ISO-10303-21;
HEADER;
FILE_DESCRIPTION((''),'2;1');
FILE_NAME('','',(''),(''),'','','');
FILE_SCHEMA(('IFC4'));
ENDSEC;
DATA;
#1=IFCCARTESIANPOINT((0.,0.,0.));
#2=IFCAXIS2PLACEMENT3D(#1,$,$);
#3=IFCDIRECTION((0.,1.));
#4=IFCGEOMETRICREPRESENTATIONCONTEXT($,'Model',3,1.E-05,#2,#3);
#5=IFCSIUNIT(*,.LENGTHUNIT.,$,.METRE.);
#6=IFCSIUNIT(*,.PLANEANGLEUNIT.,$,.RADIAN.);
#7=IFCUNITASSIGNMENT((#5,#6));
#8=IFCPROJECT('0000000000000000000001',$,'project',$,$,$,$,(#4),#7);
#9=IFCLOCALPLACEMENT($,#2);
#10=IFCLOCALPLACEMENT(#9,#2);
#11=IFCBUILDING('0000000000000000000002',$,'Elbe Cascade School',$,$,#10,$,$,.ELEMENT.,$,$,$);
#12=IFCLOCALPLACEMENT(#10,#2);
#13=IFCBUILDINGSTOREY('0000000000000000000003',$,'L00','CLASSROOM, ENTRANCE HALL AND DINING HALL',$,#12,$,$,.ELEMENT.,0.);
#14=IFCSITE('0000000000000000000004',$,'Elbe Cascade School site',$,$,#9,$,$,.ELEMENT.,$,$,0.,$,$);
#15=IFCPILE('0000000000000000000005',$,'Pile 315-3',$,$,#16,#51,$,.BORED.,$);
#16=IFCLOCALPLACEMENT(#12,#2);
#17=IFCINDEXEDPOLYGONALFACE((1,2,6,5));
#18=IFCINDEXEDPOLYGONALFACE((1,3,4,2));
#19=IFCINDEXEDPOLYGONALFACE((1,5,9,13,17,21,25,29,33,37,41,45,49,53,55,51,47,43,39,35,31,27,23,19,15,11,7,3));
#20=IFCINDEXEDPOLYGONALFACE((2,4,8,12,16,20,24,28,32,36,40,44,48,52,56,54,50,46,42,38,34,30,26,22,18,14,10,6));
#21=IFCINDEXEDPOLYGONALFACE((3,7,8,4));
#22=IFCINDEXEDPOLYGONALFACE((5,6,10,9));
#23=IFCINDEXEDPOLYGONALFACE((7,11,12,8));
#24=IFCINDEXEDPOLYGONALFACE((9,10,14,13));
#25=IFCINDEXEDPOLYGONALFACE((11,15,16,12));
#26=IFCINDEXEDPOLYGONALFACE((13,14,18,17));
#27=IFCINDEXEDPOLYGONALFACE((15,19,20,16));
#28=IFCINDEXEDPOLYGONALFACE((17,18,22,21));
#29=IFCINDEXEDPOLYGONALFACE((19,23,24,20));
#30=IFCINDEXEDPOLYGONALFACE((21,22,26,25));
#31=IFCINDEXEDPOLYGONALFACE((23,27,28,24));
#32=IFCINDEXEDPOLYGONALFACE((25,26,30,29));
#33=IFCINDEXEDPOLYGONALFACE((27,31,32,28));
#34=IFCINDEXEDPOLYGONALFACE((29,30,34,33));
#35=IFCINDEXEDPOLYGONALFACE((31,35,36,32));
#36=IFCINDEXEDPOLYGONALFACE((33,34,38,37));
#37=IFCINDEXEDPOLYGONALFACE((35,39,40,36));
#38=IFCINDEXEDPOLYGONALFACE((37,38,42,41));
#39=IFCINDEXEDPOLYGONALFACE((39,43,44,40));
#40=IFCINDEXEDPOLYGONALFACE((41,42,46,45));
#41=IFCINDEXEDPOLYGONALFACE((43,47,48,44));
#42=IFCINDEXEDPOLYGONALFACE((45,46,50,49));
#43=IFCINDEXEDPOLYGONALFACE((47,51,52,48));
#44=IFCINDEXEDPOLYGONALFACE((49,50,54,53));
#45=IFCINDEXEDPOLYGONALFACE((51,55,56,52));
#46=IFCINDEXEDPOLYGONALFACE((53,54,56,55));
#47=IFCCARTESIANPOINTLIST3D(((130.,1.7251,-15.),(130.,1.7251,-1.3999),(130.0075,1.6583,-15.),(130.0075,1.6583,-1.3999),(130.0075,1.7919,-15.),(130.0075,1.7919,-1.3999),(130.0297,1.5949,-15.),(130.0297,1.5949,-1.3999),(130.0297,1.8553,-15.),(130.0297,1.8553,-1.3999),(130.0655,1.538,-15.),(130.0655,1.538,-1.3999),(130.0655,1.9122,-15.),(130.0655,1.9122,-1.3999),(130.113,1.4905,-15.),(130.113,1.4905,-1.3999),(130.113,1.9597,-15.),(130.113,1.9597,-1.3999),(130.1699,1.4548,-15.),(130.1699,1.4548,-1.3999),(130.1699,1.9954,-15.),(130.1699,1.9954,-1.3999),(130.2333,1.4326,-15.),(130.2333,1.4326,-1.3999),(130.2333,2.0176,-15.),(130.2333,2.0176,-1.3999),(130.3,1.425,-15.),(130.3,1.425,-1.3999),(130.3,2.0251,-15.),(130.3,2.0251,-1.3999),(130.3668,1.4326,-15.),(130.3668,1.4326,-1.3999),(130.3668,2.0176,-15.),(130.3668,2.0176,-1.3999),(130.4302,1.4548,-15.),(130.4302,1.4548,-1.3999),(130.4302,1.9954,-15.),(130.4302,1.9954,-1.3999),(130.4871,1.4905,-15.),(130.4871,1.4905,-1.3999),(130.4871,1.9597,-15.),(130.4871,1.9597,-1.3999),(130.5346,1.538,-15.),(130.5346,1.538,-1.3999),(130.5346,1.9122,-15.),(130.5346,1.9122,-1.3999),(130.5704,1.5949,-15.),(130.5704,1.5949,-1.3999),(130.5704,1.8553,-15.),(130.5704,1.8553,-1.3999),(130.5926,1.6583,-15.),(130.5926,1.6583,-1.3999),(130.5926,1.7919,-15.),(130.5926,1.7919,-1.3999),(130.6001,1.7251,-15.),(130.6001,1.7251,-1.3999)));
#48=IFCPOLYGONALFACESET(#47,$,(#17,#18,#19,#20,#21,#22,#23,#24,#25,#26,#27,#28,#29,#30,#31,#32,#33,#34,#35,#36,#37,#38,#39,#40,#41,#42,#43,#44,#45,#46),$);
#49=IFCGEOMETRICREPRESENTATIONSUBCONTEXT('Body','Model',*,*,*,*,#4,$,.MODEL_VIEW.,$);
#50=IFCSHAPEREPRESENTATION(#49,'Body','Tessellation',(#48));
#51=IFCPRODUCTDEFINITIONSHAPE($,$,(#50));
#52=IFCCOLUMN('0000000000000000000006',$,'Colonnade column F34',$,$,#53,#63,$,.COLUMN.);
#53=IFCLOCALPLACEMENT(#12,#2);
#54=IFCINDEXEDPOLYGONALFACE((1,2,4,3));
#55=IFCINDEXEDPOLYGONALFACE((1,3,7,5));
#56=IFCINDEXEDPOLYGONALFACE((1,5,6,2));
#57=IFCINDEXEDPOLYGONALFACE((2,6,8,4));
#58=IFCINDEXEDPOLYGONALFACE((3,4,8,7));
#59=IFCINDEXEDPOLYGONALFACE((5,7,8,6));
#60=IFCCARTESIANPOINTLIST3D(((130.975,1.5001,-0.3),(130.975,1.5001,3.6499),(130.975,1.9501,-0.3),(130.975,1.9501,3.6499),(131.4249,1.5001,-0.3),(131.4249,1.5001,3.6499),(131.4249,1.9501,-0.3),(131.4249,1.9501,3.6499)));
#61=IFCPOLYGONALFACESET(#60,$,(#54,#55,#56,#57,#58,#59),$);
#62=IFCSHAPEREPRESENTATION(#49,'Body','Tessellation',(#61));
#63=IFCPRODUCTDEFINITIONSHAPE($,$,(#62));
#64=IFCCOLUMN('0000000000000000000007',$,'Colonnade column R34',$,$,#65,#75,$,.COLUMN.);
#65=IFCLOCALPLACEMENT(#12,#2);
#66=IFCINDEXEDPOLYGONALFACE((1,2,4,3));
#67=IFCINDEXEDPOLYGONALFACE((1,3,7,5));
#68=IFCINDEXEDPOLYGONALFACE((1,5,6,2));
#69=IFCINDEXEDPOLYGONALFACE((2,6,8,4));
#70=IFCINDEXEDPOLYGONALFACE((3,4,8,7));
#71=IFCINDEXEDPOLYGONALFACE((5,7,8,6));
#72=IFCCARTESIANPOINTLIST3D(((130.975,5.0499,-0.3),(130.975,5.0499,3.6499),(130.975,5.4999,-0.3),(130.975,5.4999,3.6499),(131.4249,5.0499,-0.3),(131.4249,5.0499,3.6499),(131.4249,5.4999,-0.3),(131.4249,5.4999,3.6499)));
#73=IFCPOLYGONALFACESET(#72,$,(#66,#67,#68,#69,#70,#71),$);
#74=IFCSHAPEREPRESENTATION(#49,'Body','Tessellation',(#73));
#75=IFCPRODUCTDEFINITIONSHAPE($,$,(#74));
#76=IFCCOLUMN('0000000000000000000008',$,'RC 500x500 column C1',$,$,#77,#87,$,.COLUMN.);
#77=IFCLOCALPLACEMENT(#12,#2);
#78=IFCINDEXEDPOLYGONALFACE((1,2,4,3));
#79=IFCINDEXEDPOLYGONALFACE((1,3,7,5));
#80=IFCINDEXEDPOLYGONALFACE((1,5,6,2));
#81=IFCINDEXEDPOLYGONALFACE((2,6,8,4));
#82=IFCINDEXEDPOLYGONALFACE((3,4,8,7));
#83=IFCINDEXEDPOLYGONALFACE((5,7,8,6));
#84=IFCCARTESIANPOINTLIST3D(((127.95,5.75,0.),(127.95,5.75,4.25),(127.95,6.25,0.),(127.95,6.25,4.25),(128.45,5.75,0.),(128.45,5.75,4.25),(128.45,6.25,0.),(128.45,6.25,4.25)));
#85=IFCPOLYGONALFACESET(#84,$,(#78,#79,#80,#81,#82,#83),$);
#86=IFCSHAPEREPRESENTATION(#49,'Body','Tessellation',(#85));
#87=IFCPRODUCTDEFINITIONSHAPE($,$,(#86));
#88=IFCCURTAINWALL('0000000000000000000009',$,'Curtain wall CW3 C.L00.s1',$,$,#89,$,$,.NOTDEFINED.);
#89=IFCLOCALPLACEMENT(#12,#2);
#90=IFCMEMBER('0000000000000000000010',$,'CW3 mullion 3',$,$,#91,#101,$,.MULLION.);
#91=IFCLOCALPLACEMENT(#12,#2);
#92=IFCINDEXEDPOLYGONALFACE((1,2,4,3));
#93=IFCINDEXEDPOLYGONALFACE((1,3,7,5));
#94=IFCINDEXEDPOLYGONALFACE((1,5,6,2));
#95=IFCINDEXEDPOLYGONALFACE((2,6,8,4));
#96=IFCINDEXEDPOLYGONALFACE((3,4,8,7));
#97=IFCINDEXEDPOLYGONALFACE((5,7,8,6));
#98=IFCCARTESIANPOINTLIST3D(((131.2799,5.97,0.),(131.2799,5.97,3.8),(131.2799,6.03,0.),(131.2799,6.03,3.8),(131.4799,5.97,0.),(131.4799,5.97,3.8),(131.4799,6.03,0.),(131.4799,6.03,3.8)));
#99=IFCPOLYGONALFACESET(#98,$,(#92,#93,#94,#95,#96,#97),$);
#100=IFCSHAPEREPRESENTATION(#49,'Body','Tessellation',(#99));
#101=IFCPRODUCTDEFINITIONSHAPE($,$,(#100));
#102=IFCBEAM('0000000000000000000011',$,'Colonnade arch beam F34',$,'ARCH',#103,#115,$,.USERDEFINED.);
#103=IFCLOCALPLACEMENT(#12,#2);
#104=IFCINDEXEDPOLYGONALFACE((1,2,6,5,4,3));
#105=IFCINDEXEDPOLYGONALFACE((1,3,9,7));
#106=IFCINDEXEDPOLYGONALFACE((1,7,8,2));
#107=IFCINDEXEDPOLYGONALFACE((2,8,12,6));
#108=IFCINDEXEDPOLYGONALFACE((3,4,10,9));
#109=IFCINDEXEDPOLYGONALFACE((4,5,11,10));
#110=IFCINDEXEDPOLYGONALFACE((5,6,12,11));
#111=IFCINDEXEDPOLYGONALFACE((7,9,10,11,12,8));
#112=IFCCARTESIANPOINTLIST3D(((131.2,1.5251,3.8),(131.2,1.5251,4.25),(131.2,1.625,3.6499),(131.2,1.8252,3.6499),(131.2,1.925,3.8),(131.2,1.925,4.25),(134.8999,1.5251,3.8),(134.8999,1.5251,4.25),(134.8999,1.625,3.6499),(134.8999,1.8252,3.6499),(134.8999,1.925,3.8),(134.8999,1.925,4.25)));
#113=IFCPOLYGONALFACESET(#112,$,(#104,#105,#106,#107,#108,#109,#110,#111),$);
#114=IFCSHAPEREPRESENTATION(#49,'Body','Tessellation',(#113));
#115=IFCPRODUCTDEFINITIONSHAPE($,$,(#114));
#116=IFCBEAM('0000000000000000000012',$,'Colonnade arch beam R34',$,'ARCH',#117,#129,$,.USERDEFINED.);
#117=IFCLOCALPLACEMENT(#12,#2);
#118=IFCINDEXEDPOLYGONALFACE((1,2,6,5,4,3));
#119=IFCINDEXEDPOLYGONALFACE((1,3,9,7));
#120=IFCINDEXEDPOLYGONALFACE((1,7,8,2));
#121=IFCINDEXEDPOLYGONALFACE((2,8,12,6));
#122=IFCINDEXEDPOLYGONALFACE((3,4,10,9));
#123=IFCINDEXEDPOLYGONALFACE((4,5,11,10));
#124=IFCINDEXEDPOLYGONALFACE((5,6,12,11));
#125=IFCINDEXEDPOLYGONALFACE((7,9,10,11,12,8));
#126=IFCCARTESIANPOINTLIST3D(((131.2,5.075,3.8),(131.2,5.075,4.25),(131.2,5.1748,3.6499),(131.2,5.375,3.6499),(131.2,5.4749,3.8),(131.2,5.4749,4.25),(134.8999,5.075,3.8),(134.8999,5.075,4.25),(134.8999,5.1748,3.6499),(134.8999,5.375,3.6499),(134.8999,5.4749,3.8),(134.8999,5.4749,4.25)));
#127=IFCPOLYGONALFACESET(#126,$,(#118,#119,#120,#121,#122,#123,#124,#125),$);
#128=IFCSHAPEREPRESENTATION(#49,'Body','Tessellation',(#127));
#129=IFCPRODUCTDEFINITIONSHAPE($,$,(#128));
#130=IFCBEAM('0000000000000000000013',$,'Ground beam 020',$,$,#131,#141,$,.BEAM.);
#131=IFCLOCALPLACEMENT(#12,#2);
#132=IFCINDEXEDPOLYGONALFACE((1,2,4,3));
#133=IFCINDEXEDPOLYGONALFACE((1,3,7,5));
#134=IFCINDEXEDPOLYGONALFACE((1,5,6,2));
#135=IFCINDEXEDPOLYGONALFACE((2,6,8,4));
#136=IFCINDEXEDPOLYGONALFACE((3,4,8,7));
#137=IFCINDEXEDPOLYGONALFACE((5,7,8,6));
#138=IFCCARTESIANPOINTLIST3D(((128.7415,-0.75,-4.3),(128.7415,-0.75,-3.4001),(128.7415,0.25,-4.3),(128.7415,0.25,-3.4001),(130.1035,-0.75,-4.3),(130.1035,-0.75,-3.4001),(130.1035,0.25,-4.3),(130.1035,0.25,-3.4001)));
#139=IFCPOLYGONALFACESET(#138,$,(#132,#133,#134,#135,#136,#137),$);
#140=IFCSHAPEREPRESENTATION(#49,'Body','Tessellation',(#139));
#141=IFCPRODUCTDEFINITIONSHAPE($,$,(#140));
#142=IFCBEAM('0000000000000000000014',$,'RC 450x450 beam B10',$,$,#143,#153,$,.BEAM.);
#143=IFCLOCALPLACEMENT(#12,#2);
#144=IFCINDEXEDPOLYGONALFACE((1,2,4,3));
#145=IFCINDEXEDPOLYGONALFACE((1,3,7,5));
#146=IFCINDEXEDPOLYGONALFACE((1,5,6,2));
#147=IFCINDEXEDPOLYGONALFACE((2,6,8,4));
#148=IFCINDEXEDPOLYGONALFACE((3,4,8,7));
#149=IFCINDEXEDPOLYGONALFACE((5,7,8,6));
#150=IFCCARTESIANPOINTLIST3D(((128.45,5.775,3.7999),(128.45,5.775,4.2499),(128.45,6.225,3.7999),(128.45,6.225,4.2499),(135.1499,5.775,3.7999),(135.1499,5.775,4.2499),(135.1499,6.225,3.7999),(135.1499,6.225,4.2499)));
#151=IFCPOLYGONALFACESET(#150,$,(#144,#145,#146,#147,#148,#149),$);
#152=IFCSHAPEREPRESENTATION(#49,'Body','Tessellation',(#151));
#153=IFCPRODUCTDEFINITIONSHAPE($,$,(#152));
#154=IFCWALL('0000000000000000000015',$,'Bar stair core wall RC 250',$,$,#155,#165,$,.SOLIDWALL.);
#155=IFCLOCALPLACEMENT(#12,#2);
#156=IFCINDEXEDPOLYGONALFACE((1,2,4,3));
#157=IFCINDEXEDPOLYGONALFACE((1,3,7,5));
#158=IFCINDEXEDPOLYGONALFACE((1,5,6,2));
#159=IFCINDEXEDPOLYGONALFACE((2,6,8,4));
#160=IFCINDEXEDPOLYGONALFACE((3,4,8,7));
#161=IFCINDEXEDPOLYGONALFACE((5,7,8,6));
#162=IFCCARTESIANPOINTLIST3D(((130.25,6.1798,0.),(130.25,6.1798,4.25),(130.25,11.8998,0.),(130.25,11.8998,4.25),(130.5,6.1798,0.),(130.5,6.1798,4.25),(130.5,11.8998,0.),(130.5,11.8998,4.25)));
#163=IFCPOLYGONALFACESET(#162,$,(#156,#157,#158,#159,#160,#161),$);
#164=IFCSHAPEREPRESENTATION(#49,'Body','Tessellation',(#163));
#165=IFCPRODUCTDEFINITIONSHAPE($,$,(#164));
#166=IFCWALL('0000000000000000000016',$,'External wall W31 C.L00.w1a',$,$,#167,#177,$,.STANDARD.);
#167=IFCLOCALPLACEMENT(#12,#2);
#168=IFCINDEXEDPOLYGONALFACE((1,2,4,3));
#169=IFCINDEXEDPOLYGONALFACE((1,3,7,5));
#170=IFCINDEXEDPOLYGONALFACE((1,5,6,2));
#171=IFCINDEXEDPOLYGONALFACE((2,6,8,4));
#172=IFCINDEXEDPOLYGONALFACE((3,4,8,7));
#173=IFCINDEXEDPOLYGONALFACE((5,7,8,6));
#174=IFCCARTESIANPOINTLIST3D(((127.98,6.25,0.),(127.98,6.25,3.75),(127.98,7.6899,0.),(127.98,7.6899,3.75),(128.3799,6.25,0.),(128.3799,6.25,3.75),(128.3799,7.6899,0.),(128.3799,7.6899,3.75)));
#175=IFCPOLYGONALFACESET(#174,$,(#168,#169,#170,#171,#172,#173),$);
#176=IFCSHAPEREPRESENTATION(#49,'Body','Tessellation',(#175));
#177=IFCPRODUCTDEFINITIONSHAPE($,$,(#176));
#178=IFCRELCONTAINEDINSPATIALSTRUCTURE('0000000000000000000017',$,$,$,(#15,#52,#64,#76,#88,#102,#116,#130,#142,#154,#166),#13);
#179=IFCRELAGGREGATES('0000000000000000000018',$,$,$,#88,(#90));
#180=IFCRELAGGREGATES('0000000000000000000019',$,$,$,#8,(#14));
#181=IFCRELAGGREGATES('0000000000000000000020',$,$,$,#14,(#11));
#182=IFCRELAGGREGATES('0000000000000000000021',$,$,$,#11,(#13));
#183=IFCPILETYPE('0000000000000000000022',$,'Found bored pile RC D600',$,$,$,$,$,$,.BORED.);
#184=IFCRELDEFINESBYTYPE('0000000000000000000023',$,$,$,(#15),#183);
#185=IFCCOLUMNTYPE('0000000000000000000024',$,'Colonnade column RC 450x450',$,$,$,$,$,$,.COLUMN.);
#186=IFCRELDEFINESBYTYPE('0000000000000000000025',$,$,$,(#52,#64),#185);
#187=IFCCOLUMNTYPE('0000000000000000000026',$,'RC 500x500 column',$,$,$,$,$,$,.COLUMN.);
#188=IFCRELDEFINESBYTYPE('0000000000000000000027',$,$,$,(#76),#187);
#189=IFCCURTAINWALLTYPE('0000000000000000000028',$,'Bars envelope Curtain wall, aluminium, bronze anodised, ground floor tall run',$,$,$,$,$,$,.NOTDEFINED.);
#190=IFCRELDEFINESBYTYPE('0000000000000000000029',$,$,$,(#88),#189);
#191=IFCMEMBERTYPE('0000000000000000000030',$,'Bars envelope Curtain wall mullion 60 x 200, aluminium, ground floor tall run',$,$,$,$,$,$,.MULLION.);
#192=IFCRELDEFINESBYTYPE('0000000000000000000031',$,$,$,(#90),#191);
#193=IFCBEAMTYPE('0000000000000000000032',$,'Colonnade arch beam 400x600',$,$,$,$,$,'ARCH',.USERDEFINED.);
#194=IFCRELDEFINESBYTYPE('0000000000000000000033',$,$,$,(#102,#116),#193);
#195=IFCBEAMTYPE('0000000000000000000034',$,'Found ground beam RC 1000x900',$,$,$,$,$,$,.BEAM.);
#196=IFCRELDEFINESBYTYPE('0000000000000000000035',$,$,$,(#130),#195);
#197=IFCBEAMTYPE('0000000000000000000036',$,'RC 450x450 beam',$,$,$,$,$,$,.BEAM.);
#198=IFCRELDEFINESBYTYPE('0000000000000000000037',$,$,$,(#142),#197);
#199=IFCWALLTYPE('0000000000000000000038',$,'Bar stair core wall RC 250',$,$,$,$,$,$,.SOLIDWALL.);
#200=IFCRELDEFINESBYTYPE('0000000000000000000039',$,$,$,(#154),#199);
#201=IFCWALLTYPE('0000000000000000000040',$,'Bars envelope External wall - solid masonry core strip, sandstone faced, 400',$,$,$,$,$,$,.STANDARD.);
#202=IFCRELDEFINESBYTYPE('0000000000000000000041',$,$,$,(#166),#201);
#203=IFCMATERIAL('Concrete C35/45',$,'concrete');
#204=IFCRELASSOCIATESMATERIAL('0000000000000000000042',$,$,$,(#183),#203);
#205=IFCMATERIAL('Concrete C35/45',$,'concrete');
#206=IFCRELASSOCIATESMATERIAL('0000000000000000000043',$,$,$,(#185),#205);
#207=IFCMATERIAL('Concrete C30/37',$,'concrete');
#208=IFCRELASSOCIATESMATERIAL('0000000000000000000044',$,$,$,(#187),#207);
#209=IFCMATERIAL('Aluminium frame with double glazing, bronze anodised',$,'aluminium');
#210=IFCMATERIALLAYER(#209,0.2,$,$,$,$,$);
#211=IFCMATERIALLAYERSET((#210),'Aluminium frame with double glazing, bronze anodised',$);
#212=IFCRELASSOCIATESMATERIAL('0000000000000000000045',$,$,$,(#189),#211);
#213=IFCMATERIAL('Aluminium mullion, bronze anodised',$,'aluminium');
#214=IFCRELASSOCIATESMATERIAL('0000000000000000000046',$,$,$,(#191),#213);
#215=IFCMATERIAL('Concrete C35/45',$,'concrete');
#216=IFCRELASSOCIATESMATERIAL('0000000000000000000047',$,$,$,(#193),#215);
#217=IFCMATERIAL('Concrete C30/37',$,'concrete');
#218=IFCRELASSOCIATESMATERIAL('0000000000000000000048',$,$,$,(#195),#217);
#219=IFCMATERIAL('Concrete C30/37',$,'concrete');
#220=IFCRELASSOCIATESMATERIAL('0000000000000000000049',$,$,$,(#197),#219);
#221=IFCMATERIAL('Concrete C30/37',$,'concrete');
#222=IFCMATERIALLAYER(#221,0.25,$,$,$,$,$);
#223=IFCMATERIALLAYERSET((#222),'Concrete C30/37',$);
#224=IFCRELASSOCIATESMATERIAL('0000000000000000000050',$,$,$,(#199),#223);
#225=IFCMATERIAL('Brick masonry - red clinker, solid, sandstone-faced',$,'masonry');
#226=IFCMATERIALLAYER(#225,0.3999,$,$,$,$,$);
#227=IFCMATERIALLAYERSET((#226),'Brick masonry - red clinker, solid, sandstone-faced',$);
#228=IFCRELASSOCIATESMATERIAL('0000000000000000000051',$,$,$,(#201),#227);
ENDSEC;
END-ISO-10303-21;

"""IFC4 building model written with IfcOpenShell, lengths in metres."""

from ifc_helpers import new_model, si_unit, direction, frame, frame_2d, origin, origin_2d, place, context, subcontext, project, spatial, polyline, rectangle, circle, outline, extrude, material, layer, layer_set, material_profile, profile_set, type_object, element, aggregate, save


model = new_model("IFC4")

# Units and contexts
model_context = context("Model", 3, precision=1e-05, world=origin(), true_north=direction((0.0, 1.0)))
body_context = subcontext(model_context, "Body", "Model", "MODEL_VIEW")
ifc_project = project(units=[si_unit("LENGTHUNIT", "METRE"), si_unit("PLANEANGLEUNIT", "RADIAN")], contexts=[model_context])

# Site, building, storey
site_placement = place(None, origin())
site = spatial("IfcSite", under=ifc_project, at=site_placement, Name="Elbe Cascade School site", CompositionType="ELEMENT", RefElevation=0.0)
building_placement = place(site_placement, origin())
building = spatial("IfcBuilding", under=site, at=building_placement, Name="Elbe Cascade School", CompositionType="ELEMENT")
storey_placement = place(building_placement, origin())
storey = spatial("IfcBuildingStorey", under=building, at=storey_placement, Name="L00", Description="CLASSROOM, ENTRANCE HALL AND DINING HALL", CompositionType="ELEMENT", Elevation=0.0)

# Pile
ifc_material_1 = material(Name="Concrete C35/45", Category="concrete")
ifc_material_profile_1 = material_profile(ifc_material_1, circle(Radius=0.3, at=origin_2d()), Name="RC D600")
ifc_profile_set_1 = profile_set([ifc_material_profile_1], Name="Concrete C35/45")
pile_type = type_object("IfcPileType", Name="Found bored pile RC D600", PredefinedType="BORED", material=ifc_profile_set_1)
for number, where, z_axis, x_axis, name in (
    (1, (130.3, 1.7251, -1.3999), (0.0, 0.0, -1.0), (1.0, 0.0, 0.0), "Pile 315-3"),
):
    element("IfcPile", number, at=place(storey_placement, frame(where, z_axis=z_axis, x_axis=x_axis)), inside=storey, type_object=pile_type, Name=name, PredefinedType="BORED", context=body_context, shape_type="SweptSolid", body=[
        extrude(circle(Radius=0.3, at=origin_2d()), origin(), (0.0, 0.0, 1.0), 13.6001),
    ])

# Columns
ifc_material_2 = material(Name="Concrete C35/45", Category="concrete")
ifc_material_profile_2 = material_profile(ifc_material_2, rectangle(XDim=0.45, YDim=0.45, at=origin_2d()), Name="RC 450x450")
ifc_profile_set_2 = profile_set([ifc_material_profile_2], Name="Concrete C35/45")
column_type_1 = type_object("IfcColumnType", Name="Colonnade column RC 450x450", PredefinedType="COLUMN", material=ifc_profile_set_2)
for number, where, z_axis, x_axis, name in (
    (2, (131.2, 1.7251, -0.3), (0.0, 0.0, 1.0), (1.0, 0.0, 0.0), "Colonnade column F34"),
    (3, (131.2, 5.2749, -0.3), (0.0, 0.0, 1.0), (1.0, 0.0, 0.0), "Colonnade column R34"),
):
    element("IfcColumn", number, at=place(storey_placement, frame(where, z_axis=z_axis, x_axis=x_axis)), inside=storey, type_object=column_type_1, Name=name, PredefinedType="COLUMN", context=body_context, shape_type="SweptSolid", body=[
        extrude(rectangle(XDim=0.45, YDim=0.45, at=origin_2d()), origin(), (0.0, 0.0, 1.0), 3.95),
    ])
ifc_material_3 = material(Name="Concrete C30/37", Category="concrete")
ifc_material_profile_3 = material_profile(ifc_material_3, rectangle(XDim=0.5, YDim=0.5, at=origin_2d()), Name="RC 500x500")
ifc_profile_set_3 = profile_set([ifc_material_profile_3], Name="Concrete C30/37")
column_type_2 = type_object("IfcColumnType", Name="RC 500x500 column", PredefinedType="COLUMN", material=ifc_profile_set_3)
column_placement = place(storey_placement, frame((128.2, 6.0, 0.0), z_axis=(0.0, 0.0, 1.0), x_axis=(1.0, 0.0, 0.0)))
element("IfcColumn", 4, at=column_placement, inside=storey, type_object=column_type_2, Name="RC 500x500 column C1", PredefinedType="COLUMN", context=body_context, shape_type="SweptSolid", body=[
    extrude(rectangle(XDim=0.5, YDim=0.5, at=origin_2d()), origin(), (0.0, 0.0, 1.0), 4.25),
])

# Curtain wall, member
ifc_material_4 = material(Name="Aluminium frame with double glazing, bronze anodised", Category="aluminium")
ifc_layer_1 = layer(ifc_material_4, 0.2)
ifc_layer_set_1 = layer_set([ifc_layer_1], Name="Aluminium frame with double glazing, bronze anodised")
curtain_wall_type = type_object("IfcCurtainWallType", Name="Bars envelope Curtain wall, aluminium, bronze anodised, ground floor tall run", PredefinedType="NOTDEFINED", material=ifc_layer_set_1)
curtain_wall_placement = place(storey_placement, origin())
curtain_wall = element("IfcCurtainWall", 5, at=curtain_wall_placement, inside=storey, type_object=curtain_wall_type, Name="Curtain wall CW3 C.L00.s1", PredefinedType="NOTDEFINED")
ifc_material_5 = material(Name="Aluminium mullion, bronze anodised", Category="aluminium")
ifc_material_profile_4 = material_profile(ifc_material_5, rectangle(XDim=0.0601, YDim=0.2, at=origin_2d()), Name="Bars envelope Curtain wall mullion 60 x 200, aluminium, ground floor tall run")
ifc_profile_set_4 = profile_set([ifc_material_profile_4], Name="Aluminium mullion, bronze anodised")
member_type = type_object("IfcMemberType", Name="Bars envelope Curtain wall mullion 60 x 200, aluminium, ground floor tall run", PredefinedType="MULLION", material=ifc_profile_set_4)
member_placement = place(storey_placement, frame((131.3799, 6.0, 0.0), z_axis=(0.0, 0.0, 1.0), x_axis=(0.0, -1.0, 0.0)))
member = element("IfcMember", 6, at=member_placement, type_object=member_type, Name="CW3 mullion 3", PredefinedType="MULLION", context=body_context, shape_type="SweptSolid", body=[
    extrude(rectangle(XDim=0.0601, YDim=0.2, at=origin_2d()), origin(), (0.0, 0.0, 1.0), 3.8),
])
aggregate(curtain_wall, [member])

# Beams
ifc_material_6 = material(Name="Concrete C35/45", Category="concrete")
ifc_material_profile_5 = material_profile(ifc_material_6, outline(polyline([(-0.2, 0.3), (0.2, 0.3), (0.2, -0.1499), (0.1001, -0.3), (-0.1001, -0.3), (-0.2, -0.1499), (-0.2, 0.3)])), Name="RC arch 400x600")
ifc_profile_set_5 = profile_set([ifc_material_profile_5], Name="Concrete C35/45")
beam_type_1 = type_object("IfcBeamType", Name="Colonnade arch beam 400x600", ElementType="ARCH", PredefinedType="USERDEFINED", material=ifc_profile_set_5)
for number, where, z_axis, x_axis, name in (
    (7, (131.2, 1.7251, 3.95), (1.0, 0.0, 0.0), (0.0, 1.0, 0.0), "Colonnade arch beam F34"),
    (8, (131.2, 5.2749, 3.95), (1.0, 0.0, 0.0), (0.0, 1.0, 0.0), "Colonnade arch beam R34"),
):
    element("IfcBeam", number, at=place(storey_placement, frame(where, z_axis=z_axis, x_axis=x_axis)), inside=storey, type_object=beam_type_1, Name=name, ObjectType="ARCH", PredefinedType="USERDEFINED", context=body_context, shape_type="SweptSolid", body=[
        extrude(outline(polyline([(-0.2, 0.3), (0.2, 0.3), (0.2, -0.1499), (0.1001, -0.3), (-0.1001, -0.3), (-0.2, -0.1499), (-0.2, 0.3)])), origin(), (0.0, 0.0, 1.0), 3.7),
    ])
ifc_material_7 = material(Name="Concrete C30/37", Category="concrete")
ifc_material_profile_6 = material_profile(ifc_material_7, rectangle(XDim=1.0, YDim=0.8999, at=origin_2d()), Name="RC 1000x900")
ifc_profile_set_6 = profile_set([ifc_material_profile_6], Name="Concrete C30/37")
beam_type_2 = type_object("IfcBeamType", Name="Found ground beam RC 1000x900", PredefinedType="BEAM", material=ifc_profile_set_6)
beam_1_placement = place(storey_placement, frame((128.7415, -0.25, -3.8501), z_axis=(1.0, 0.0, 0.0), x_axis=(0.0, 1.0, 0.0)))
element("IfcBeam", 9, at=beam_1_placement, inside=storey, type_object=beam_type_2, Name="Ground beam 020", PredefinedType="BEAM", context=body_context, shape_type="SweptSolid", body=[
    extrude(rectangle(XDim=1.0, YDim=0.8999, at=origin_2d()), origin(), (0.0, 0.0, 1.0), 1.3621),
])
ifc_material_8 = material(Name="Concrete C30/37", Category="concrete")
ifc_material_profile_7 = material_profile(ifc_material_8, rectangle(XDim=0.45, YDim=0.45, at=origin_2d()), Name="RC 450x450")
ifc_profile_set_7 = profile_set([ifc_material_profile_7], Name="Concrete C30/37")
beam_type_3 = type_object("IfcBeamType", Name="RC 450x450 beam", PredefinedType="BEAM", material=ifc_profile_set_7)
beam_2_placement = place(storey_placement, frame((128.45, 6.0, 4.0249), z_axis=(1.0, 0.0, 0.0), x_axis=(0.0, 1.0, 0.0)))
element("IfcBeam", 10, at=beam_2_placement, inside=storey, type_object=beam_type_3, Name="RC 450x450 beam B10", PredefinedType="BEAM", context=body_context, shape_type="SweptSolid", body=[
    extrude(rectangle(XDim=0.45, YDim=0.45, at=origin_2d()), origin(), (0.0, 0.0, 1.0), 6.7),
])

# Walls
ifc_material_9 = material(Name="Concrete C30/37", Category="concrete")
ifc_layer_2 = layer(ifc_material_9, 0.25)
ifc_layer_set_2 = layer_set([ifc_layer_2], Name="Concrete C30/37")
wall_type_1 = type_object("IfcWallType", Name="Bar stair core wall RC 250", PredefinedType="SOLIDWALL", material=ifc_layer_set_2)
wall_1_placement = place(storey_placement, frame((130.375, 6.1799, 0.0), z_axis=(0.0, 0.0, 1.0), x_axis=(0.0, 1.0, 0.0)))
element("IfcWall", 11, at=wall_1_placement, inside=storey, type_object=wall_type_1, Name="Bar stair core wall RC 250", PredefinedType="SOLIDWALL", context=body_context, shape_type="SweptSolid", body=[
    extrude(rectangle(XDim=5.72, YDim=0.25, at=frame_2d((2.8599, 0.0))), origin(), (0.0, 0.0, 1.0), 4.25),
])
ifc_material_10 = material(Name="Brick masonry - red clinker, solid, sandstone-faced", Category="masonry")
ifc_layer_3 = layer(ifc_material_10, 0.3999)
ifc_layer_set_3 = layer_set([ifc_layer_3], Name="Brick masonry - red clinker, solid, sandstone-faced")
wall_type_2 = type_object("IfcWallType", Name="Bars envelope External wall - solid masonry core strip, sandstone faced, 400", PredefinedType="STANDARD", material=ifc_layer_set_3)
wall_2_placement = place(storey_placement, frame((128.1799, 6.25, 0.0), z_axis=(0.0, 0.0, 1.0), x_axis=(0.0, 1.0, 0.0)))
element("IfcWall", 12, at=wall_2_placement, inside=storey, type_object=wall_type_2, Name="External wall W31 C.L00.w1a", PredefinedType="STANDARD", context=body_context, shape_type="SweptSolid", body=[
    extrude(rectangle(XDim=1.4399, YDim=0.3999, at=frame_2d((0.72, 0.0))), origin(), (0.0, 0.0, 1.0), 3.75),
])

save(model, "model.ifc")
